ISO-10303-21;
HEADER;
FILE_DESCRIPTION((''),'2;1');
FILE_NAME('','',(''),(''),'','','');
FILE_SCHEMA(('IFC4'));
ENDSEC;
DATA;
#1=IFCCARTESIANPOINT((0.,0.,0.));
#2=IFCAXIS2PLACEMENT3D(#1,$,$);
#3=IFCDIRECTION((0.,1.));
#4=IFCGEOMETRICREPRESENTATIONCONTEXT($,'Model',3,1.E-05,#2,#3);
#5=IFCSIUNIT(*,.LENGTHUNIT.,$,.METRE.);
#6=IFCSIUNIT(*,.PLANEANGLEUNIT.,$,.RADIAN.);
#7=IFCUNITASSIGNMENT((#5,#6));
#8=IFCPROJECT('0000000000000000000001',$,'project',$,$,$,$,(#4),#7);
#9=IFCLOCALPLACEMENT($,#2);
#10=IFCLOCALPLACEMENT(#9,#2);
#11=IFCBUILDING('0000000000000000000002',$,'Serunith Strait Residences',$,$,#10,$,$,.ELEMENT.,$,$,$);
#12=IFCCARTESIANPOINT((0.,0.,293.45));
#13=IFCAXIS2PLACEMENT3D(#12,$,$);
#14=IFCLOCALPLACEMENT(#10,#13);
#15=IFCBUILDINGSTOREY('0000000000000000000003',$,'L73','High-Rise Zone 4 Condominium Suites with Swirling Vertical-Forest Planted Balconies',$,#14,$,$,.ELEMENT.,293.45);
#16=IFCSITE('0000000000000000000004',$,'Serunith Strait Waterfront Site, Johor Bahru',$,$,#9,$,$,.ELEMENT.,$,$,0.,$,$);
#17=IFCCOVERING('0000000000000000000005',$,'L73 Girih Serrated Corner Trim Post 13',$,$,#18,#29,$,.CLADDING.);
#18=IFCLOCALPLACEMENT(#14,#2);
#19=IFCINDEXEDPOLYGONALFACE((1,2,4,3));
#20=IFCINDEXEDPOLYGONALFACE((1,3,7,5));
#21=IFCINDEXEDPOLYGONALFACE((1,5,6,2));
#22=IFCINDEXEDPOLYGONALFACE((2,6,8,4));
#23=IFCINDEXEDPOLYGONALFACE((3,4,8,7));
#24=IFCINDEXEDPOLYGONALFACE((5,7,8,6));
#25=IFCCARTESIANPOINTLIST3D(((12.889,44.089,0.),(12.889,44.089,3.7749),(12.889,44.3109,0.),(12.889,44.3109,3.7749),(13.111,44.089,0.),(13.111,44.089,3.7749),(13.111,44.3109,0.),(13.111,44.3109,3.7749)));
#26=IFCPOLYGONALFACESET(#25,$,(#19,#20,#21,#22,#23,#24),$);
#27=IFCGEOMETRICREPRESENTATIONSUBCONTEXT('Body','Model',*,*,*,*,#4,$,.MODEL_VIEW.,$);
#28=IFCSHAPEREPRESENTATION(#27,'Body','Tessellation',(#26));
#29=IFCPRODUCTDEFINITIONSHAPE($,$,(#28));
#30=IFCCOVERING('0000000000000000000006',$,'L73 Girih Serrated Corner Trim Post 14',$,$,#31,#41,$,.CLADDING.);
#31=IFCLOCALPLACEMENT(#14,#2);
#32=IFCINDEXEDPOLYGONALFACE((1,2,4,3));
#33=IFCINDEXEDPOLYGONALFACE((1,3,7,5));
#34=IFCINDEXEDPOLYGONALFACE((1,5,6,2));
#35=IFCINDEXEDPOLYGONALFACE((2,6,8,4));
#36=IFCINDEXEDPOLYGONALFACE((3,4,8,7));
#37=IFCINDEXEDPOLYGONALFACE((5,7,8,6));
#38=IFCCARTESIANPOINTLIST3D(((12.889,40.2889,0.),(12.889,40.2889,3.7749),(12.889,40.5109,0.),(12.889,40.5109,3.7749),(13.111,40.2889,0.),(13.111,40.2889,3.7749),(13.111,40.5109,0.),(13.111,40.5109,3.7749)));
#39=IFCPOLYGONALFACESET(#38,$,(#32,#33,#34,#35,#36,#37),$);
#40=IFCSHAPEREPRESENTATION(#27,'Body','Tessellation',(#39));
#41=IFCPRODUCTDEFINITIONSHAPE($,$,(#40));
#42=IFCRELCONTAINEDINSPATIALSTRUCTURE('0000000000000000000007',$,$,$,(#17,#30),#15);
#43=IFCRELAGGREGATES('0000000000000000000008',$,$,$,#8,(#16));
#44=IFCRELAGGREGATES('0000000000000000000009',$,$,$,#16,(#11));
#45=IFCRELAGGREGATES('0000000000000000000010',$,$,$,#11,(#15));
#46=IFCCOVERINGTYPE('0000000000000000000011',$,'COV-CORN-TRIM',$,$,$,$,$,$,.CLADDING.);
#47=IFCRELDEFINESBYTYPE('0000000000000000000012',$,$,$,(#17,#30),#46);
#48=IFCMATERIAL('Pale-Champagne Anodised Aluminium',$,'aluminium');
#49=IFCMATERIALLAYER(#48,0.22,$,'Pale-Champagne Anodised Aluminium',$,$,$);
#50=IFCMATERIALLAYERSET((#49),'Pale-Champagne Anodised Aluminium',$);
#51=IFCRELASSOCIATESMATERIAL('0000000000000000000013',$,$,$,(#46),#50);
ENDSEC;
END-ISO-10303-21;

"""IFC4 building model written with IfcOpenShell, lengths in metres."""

from ifc_helpers import new_model, si_unit, direction, frame, origin, origin_2d, place, context, subcontext, project, spatial, rectangle, extrude, source, transform, mapped, material, layer, layer_set, type_object, element, save


model = new_model("IFC4")

# Units and contexts
model_context = context("Model", 3, precision=1e-05, world=origin(), true_north=direction((0.0, 1.0)))
body_context = subcontext(model_context, "Body", "Model", "MODEL_VIEW")
ifc_project = project(units=[si_unit("LENGTHUNIT", "METRE"), si_unit("PLANEANGLEUNIT", "RADIAN")], contexts=[model_context])

# Site, building, storey
site_placement = place(None, origin())
site = spatial("IfcSite", under=ifc_project, at=site_placement, Name="Serunith Strait Waterfront Site, Johor Bahru", CompositionType="ELEMENT", RefElevation=0.0)
building_placement = place(site_placement, origin())
building = spatial("IfcBuilding", under=site, at=building_placement, Name="Serunith Strait Residences", CompositionType="ELEMENT")
storey_placement = place(building_placement, frame((0.0, 0.0, 293.45)))
storey = spatial("IfcBuildingStorey", under=building, at=storey_placement, Name="L73", Description="High-Rise Zone 4 Condominium Suites with Swirling Vertical-Forest Planted Balconies", CompositionType="ELEMENT", Elevation=293.45)

# Coverings
ifc_material_1 = material(Name="Pale-Champagne Anodised Aluminium", Category="aluminium")
ifc_layer_1 = layer(ifc_material_1, 0.22, Name="Pale-Champagne Anodised Aluminium")
ifc_layer_set_1 = layer_set([ifc_layer_1], Name="Pale-Champagne Anodised Aluminium")
covering_type = type_object("IfcCoveringType", Name="COV-CORN-TRIM", PredefinedType="CLADDING", material=ifc_layer_set_1)
shared_shape_1 = source(origin(), body_context, "Body", "SweptSolid", [
    extrude(rectangle(XDim=0.2219, YDim=0.2219, at=origin_2d()), origin(), (0.0, 0.0, 1.0), 3.7749),
])
for number, where, z_axis, x_axis, name in (
    (1, (13.0, 44.2, 0.0), (0.0, 0.0, 1.0), (1.0, 0.0, 0.0), "L73 Girih Serrated Corner Trim Post 13"),
    (2, (13.0, 40.3999, 0.0), (0.0, 0.0, 1.0), (1.0, 0.0, 0.0), "L73 Girih Serrated Corner Trim Post 14"),
):
    element("IfcCovering", number, at=place(storey_placement, frame(where, z_axis=z_axis, x_axis=x_axis)), inside=storey, type_object=covering_type, Name=name, PredefinedType="CLADDING", context=body_context, shape_type="MappedRepresentation", body=[
        mapped(shared_shape_1, transform((0.0, 0.0, 0.0), scale=1.0)),
    ])

save(model, "model.ifc")
